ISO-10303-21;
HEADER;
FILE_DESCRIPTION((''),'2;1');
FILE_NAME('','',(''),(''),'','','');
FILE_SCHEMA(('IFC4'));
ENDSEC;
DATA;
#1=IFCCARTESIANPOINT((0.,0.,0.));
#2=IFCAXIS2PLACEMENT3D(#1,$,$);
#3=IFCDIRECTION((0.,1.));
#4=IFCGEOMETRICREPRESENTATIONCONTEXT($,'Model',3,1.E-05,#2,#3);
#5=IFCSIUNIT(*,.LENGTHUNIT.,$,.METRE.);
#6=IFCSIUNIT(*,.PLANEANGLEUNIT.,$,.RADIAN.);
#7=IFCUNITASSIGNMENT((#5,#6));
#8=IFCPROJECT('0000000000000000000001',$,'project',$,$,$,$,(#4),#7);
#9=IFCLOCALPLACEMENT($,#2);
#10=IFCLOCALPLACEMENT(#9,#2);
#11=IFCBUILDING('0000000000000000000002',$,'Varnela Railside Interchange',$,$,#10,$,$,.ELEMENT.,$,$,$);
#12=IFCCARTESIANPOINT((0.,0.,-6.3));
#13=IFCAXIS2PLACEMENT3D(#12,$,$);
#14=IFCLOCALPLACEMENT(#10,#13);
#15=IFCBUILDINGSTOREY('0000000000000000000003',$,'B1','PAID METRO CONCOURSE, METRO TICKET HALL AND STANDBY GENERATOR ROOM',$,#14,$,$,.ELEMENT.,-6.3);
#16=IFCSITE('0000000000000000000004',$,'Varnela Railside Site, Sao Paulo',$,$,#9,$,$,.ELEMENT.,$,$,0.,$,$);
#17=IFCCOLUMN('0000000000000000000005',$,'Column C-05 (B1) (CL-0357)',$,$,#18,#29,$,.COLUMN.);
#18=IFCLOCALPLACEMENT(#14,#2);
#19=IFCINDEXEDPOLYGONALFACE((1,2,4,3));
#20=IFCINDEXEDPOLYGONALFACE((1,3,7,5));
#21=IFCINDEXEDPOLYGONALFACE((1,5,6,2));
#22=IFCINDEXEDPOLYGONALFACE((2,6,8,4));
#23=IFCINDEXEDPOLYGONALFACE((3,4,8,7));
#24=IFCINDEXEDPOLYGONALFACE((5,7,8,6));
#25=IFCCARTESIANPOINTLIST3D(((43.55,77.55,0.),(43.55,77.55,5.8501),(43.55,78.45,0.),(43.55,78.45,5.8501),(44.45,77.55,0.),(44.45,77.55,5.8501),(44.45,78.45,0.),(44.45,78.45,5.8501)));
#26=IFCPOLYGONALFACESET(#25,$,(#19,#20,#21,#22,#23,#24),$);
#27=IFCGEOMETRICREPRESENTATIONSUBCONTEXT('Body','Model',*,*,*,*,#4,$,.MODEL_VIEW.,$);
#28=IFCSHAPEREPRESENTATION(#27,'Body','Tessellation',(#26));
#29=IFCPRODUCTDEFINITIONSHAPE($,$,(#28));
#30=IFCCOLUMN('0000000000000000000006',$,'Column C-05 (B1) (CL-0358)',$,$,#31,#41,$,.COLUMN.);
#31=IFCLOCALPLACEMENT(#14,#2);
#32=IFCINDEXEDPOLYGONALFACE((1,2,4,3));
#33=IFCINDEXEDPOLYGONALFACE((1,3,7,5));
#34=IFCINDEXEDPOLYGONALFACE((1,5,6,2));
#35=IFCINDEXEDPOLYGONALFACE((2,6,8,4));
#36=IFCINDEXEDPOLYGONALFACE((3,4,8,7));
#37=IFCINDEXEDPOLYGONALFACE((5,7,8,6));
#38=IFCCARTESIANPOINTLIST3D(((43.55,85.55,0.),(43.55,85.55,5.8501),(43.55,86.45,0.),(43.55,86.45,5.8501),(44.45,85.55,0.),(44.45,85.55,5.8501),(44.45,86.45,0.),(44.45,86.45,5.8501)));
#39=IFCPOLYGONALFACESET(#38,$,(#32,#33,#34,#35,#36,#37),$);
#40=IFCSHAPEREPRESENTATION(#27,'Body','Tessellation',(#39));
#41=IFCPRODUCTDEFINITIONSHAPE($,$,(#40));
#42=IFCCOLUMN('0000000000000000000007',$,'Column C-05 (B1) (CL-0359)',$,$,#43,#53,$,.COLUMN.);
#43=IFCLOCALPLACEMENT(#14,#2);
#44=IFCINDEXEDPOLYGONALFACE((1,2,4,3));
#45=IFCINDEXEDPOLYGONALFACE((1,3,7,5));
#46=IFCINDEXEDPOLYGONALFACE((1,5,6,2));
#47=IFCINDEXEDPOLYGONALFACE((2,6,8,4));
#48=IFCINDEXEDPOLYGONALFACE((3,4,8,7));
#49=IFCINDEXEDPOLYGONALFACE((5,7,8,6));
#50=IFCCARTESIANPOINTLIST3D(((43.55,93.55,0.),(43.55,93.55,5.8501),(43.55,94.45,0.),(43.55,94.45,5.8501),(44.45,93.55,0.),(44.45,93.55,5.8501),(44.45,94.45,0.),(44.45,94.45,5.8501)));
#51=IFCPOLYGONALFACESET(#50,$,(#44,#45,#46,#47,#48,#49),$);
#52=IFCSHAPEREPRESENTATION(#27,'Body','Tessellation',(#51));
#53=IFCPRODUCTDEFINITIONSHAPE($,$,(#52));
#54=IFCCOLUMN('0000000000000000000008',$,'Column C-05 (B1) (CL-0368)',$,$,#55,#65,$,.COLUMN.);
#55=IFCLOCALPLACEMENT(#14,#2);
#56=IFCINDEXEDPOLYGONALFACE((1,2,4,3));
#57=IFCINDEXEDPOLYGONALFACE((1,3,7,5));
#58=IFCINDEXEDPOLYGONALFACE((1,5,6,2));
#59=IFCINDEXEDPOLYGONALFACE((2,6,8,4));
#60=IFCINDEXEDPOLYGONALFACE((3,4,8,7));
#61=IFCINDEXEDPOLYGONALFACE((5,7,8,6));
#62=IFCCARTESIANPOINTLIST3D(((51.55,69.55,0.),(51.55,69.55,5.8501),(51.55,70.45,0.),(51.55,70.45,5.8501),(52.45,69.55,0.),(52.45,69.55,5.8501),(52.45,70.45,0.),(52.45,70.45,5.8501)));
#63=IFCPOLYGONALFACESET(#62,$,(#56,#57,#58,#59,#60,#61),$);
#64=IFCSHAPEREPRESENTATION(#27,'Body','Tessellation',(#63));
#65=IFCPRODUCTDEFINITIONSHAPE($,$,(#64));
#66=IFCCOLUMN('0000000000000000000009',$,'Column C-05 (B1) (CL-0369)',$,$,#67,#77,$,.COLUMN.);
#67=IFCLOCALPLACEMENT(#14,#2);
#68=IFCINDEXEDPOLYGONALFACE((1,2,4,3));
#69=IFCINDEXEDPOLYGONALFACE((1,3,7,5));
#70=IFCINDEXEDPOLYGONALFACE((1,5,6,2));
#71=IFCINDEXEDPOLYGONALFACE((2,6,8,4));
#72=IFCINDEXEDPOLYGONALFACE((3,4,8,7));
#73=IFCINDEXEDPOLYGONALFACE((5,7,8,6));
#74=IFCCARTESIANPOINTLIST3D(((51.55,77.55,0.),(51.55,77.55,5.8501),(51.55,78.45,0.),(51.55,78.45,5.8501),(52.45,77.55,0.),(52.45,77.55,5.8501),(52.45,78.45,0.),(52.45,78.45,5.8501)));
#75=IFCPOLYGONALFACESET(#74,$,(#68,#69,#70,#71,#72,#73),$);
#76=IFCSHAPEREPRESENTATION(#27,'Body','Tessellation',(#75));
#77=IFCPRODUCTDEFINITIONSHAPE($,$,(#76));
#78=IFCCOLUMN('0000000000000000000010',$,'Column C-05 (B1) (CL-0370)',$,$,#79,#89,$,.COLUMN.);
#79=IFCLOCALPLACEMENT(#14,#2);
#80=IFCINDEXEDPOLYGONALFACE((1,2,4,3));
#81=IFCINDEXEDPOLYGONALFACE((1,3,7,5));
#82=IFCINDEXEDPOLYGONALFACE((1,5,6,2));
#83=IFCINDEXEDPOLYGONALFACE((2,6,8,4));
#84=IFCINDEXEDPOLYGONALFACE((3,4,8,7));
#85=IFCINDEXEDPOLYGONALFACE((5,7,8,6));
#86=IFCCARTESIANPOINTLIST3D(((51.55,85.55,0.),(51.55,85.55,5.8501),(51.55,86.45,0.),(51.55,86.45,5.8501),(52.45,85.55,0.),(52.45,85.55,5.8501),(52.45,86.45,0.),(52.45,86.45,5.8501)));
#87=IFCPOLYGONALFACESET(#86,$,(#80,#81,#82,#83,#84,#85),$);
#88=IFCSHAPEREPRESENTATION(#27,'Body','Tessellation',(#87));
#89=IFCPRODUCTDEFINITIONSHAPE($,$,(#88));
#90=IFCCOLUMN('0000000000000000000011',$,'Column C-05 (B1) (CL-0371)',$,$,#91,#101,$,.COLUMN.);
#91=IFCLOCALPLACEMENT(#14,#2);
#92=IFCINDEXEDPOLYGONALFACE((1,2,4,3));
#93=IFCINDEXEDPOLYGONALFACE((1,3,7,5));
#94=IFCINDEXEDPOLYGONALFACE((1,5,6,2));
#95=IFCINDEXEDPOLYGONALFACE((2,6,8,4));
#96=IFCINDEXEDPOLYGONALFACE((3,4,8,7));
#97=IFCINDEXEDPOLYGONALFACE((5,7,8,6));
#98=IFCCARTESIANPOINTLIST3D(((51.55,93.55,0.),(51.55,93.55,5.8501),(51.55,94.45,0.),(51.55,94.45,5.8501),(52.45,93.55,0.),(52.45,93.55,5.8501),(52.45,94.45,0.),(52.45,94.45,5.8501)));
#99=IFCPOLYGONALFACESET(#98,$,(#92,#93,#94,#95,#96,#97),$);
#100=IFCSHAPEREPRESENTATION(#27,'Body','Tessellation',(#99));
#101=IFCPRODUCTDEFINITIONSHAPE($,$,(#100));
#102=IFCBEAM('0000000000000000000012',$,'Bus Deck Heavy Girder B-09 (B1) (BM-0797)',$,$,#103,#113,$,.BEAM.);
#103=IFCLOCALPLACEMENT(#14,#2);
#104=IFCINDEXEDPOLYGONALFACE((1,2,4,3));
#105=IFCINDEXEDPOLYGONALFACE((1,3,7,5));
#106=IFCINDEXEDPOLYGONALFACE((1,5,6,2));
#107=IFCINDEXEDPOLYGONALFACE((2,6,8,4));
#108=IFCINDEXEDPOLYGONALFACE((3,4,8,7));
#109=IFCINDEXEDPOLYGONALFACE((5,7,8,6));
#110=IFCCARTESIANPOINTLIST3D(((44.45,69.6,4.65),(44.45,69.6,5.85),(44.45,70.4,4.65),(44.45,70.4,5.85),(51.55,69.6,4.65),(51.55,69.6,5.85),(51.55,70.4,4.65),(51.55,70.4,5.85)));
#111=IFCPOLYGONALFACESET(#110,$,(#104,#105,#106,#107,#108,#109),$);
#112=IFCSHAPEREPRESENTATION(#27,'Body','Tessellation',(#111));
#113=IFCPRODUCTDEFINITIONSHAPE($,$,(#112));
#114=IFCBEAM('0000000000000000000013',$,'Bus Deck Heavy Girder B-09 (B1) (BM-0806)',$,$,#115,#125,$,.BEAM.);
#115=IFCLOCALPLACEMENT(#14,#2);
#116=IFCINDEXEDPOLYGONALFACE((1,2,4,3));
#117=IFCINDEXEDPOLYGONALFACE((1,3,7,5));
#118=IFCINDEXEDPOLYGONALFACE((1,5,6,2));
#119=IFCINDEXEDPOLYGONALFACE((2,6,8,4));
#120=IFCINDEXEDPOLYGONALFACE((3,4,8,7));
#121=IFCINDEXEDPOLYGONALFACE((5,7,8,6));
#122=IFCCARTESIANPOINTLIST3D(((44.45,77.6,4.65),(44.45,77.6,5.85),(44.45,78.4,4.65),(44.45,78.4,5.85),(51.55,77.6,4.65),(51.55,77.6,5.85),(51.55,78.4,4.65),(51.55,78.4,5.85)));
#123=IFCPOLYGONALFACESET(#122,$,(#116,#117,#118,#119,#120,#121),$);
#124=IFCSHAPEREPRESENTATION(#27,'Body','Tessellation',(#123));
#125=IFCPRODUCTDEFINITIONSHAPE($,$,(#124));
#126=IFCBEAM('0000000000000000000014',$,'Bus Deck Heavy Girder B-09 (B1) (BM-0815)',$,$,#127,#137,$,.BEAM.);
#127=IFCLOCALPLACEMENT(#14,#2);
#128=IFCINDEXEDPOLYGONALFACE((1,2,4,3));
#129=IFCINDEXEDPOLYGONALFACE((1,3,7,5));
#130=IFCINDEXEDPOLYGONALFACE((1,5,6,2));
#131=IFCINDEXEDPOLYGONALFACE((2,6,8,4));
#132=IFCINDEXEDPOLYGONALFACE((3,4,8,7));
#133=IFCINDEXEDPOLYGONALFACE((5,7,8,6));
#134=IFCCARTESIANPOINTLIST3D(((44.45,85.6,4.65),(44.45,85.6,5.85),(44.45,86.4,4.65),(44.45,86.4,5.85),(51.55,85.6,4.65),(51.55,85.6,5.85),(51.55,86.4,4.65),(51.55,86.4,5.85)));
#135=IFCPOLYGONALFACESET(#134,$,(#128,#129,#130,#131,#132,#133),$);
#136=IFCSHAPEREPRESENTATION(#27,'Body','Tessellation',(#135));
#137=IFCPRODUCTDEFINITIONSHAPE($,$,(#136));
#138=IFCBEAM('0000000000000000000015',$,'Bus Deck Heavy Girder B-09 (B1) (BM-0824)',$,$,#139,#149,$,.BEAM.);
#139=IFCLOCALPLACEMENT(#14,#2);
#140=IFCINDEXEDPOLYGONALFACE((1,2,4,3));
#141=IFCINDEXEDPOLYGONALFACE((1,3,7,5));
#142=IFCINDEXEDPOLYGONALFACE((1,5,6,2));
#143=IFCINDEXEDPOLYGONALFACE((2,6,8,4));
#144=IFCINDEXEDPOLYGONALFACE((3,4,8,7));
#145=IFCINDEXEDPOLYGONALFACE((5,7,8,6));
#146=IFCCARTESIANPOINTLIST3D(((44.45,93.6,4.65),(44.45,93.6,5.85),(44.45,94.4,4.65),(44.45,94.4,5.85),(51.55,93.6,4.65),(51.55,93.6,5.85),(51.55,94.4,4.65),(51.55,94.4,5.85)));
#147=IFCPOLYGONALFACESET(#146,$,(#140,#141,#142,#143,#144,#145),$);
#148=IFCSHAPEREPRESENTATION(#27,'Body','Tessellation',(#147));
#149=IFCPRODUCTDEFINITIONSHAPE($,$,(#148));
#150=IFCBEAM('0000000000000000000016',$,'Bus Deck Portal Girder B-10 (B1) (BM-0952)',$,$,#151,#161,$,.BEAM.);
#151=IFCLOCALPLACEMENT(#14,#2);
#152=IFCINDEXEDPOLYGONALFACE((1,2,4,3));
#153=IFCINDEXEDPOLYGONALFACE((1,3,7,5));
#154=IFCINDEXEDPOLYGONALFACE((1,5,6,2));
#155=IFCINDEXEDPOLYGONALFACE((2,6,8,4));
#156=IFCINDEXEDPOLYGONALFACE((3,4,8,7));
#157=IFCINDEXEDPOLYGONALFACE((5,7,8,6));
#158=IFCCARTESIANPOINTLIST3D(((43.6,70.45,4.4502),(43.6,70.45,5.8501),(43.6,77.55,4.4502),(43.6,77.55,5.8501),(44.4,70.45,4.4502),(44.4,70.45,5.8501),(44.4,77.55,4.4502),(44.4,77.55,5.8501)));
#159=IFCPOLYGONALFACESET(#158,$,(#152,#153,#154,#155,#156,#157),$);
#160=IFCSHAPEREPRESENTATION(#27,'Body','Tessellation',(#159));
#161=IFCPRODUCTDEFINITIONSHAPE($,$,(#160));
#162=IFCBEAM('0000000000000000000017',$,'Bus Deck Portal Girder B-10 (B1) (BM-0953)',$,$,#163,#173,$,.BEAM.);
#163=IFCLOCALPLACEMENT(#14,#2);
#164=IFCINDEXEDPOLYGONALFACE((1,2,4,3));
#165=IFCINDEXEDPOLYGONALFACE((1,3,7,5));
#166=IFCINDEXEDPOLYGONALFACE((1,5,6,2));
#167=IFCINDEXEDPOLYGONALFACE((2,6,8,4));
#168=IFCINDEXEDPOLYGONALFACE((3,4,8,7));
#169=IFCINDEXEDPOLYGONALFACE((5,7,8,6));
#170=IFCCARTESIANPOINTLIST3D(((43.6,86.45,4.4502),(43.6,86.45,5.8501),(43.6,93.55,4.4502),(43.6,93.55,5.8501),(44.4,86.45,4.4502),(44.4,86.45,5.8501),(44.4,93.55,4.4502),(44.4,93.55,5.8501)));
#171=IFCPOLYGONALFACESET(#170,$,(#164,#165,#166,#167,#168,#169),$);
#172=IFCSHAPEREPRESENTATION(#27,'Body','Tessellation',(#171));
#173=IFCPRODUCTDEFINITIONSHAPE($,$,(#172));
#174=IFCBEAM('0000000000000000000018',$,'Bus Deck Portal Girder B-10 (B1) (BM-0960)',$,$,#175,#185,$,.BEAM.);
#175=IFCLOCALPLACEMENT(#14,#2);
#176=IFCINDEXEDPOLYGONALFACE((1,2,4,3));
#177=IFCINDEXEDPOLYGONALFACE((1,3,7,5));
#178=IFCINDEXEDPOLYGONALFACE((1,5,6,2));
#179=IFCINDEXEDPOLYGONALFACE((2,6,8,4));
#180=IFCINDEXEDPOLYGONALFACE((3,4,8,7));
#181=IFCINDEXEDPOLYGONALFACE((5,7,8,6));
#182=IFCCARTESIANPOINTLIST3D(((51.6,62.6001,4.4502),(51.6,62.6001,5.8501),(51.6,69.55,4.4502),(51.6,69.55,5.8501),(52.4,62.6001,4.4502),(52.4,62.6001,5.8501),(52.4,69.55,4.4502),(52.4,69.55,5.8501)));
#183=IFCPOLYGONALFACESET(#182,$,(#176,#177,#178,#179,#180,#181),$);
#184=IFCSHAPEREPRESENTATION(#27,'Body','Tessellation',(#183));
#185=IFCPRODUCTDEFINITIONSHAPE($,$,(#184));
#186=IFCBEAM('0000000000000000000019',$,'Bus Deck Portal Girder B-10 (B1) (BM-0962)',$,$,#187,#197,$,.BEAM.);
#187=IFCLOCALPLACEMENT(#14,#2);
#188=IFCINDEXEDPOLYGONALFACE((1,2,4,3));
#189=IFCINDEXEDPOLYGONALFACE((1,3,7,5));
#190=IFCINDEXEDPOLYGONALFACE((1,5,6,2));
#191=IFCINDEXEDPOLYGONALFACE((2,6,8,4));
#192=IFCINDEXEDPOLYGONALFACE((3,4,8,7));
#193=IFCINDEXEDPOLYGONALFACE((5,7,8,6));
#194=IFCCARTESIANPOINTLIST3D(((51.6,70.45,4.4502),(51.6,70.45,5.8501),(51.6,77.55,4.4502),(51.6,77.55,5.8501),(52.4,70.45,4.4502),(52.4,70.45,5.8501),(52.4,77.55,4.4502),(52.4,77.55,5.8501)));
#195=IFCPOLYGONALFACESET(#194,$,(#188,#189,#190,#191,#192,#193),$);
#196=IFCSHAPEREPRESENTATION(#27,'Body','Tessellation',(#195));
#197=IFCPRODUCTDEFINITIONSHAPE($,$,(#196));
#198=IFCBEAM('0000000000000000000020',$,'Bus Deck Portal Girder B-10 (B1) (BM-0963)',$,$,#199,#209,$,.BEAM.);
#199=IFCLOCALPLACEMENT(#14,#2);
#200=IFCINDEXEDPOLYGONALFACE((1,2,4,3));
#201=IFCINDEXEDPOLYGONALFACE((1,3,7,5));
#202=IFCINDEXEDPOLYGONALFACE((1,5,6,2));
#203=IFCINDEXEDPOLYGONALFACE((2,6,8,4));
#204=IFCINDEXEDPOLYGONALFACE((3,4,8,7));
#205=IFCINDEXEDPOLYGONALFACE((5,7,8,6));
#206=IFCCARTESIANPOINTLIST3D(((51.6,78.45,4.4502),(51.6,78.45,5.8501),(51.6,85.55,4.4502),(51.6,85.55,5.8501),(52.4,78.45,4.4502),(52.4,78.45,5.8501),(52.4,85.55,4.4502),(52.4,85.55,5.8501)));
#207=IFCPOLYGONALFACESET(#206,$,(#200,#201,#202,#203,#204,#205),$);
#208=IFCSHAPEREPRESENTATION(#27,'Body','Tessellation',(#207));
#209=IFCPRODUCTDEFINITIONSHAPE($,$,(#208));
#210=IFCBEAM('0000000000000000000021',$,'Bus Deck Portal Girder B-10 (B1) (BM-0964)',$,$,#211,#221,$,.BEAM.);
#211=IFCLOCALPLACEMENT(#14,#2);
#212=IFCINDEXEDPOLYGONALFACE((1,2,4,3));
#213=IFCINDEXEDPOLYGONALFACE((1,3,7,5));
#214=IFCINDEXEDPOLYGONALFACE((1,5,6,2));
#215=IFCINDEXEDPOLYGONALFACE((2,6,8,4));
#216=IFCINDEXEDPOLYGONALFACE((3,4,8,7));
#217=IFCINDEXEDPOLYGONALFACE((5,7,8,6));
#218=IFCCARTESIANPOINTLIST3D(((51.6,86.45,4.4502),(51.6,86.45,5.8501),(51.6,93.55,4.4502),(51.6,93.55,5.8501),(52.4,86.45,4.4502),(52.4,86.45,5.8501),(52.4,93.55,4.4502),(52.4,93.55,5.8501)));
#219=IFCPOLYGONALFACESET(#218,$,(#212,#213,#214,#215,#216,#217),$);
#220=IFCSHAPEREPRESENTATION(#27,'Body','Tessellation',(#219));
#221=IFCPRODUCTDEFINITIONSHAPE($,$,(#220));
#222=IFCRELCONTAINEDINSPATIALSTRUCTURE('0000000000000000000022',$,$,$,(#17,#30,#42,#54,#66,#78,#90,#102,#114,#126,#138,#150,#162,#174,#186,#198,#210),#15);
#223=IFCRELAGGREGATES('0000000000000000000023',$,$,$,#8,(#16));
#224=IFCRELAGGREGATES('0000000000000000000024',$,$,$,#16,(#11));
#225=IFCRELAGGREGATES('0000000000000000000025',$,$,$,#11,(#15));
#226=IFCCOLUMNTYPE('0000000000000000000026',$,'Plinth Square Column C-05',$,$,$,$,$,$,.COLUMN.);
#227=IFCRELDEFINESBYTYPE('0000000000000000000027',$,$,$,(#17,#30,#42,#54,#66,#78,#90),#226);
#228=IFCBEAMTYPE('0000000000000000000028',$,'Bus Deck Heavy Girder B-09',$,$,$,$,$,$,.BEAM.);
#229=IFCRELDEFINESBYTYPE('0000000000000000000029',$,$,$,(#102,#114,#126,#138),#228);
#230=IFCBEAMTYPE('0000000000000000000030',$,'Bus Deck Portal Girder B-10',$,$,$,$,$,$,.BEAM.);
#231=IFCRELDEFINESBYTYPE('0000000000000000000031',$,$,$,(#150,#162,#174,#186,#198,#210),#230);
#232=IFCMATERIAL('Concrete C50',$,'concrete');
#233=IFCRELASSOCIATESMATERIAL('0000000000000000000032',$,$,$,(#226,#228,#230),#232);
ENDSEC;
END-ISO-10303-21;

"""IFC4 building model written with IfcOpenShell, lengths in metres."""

from ifc_helpers import new_model, si_unit, direction, frame, origin, origin_2d, place, context, subcontext, project, spatial, rectangle, extrude, material, material_profile, profile_set, type_object, element, save


model = new_model("IFC4")

# Units and contexts
model_context = context("Model", 3, precision=1e-05, world=origin(), true_north=direction((0.0, 1.0)))
body_context = subcontext(model_context, "Body", "Model", "MODEL_VIEW")
ifc_project = project(units=[si_unit("LENGTHUNIT", "METRE"), si_unit("PLANEANGLEUNIT", "RADIAN")], contexts=[model_context])

# Site, building, storey
site_placement = place(None, origin())
site = spatial("IfcSite", under=ifc_project, at=site_placement, Name="Varnela Railside Site, Sao Paulo", CompositionType="ELEMENT", RefElevation=0.0)
building_placement = place(site_placement, origin())
building = spatial("IfcBuilding", under=site, at=building_placement, Name="Varnela Railside Interchange", CompositionType="ELEMENT")
storey_placement = place(building_placement, frame((0.0, 0.0, -6.3)))
storey = spatial("IfcBuildingStorey", under=building, at=storey_placement, Name="B1", Description="PAID METRO CONCOURSE, METRO TICKET HALL AND STANDBY GENERATOR ROOM", CompositionType="ELEMENT", Elevation=-6.3)

# Columns
ifc_material_1 = material(Name="Concrete C50", Category="concrete")
ifc_material_profile_1 = material_profile(ifc_material_1, rectangle(XDim=0.8999, YDim=0.8999, at=origin_2d()), Name="RC 900x900")
ifc_profile_set_1 = profile_set([ifc_material_profile_1], Name="Concrete C50")
column_type = type_object("IfcColumnType", Name="Plinth Square Column C-05", PredefinedType="COLUMN", material=ifc_profile_set_1)
for number, where, z_axis, x_axis, name in (
    (1, (44.0, 78.0, 0.0), (0.0, 0.0, 1.0), (1.0, 0.0, 0.0), "Column C-05 (B1) (CL-0357)"),
    (2, (44.0, 86.0, 0.0), (0.0, 0.0, 1.0), (1.0, 0.0, 0.0), "Column C-05 (B1) (CL-0358)"),
    (3, (44.0, 94.0, 0.0), (0.0, 0.0, 1.0), (1.0, 0.0, 0.0), "Column C-05 (B1) (CL-0359)"),
    (4, (52.0, 70.0, 0.0), (0.0, 0.0, 1.0), (1.0, 0.0, 0.0), "Column C-05 (B1) (CL-0368)"),
    (5, (52.0, 78.0, 0.0), (0.0, 0.0, 1.0), (1.0, 0.0, 0.0), "Column C-05 (B1) (CL-0369)"),
    (6, (52.0, 86.0, 0.0), (0.0, 0.0, 1.0), (1.0, 0.0, 0.0), "Column C-05 (B1) (CL-0370)"),
    (7, (52.0, 94.0, 0.0), (0.0, 0.0, 1.0), (1.0, 0.0, 0.0), "Column C-05 (B1) (CL-0371)"),
):
    element("IfcColumn", number, at=place(storey_placement, frame(where, z_axis=z_axis, x_axis=x_axis)), inside=storey, type_object=column_type, Name=name, PredefinedType="COLUMN", context=body_context, shape_type="SweptSolid", body=[
        extrude(rectangle(XDim=0.8999, YDim=0.8999, at=origin_2d()), origin(), (0.0, 0.0, 1.0), 5.8501),
    ])

# Beams
ifc_material_profile_2 = material_profile(ifc_material_1, rectangle(XDim=0.8, YDim=1.2, at=origin_2d()), Name="RC 800x1200")
ifc_profile_set_2 = profile_set([ifc_material_profile_2], Name="Concrete C50")
beam_type_1 = type_object("IfcBeamType", Name="Bus Deck Heavy Girder B-09", PredefinedType="BEAM", material=ifc_profile_set_2)
for number, where, z_axis, x_axis, name in (
    (8, (44.45, 70.0, 5.25), (1.0, 0.0, 0.0), (0.0, 1.0, 0.0), "Bus Deck Heavy Girder B-09 (B1) (BM-0797)"),
    (9, (44.45, 78.0, 5.25), (1.0, 0.0, 0.0), (0.0, 1.0, 0.0), "Bus Deck Heavy Girder B-09 (B1) (BM-0806)"),
    (10, (44.45, 86.0, 5.25), (1.0, 0.0, 0.0), (0.0, 1.0, 0.0), "Bus Deck Heavy Girder B-09 (B1) (BM-0815)"),
    (11, (44.45, 94.0, 5.25), (1.0, 0.0, 0.0), (0.0, 1.0, 0.0), "Bus Deck Heavy Girder B-09 (B1) (BM-0824)"),
):
    element("IfcBeam", number, at=place(storey_placement, frame(where, z_axis=z_axis, x_axis=x_axis)), inside=storey, type_object=beam_type_1, Name=name, PredefinedType="BEAM", context=body_context, shape_type="SweptSolid", body=[
        extrude(rectangle(XDim=0.8, YDim=1.2, at=origin_2d()), origin(), (0.0, 0.0, 1.0), 7.1001),
    ])
ifc_material_profile_3 = material_profile(ifc_material_1, rectangle(XDim=0.8, YDim=1.3999, at=origin_2d()), Name="RC 800x1400")
ifc_profile_set_3 = profile_set([ifc_material_profile_3], Name="Concrete C50")
beam_type_2 = type_object("IfcBeamType", Name="Bus Deck Portal Girder B-10", PredefinedType="BEAM", material=ifc_profile_set_3)
for number, where, z_axis, x_axis, name in (
    (12, (44.0, 70.45, 5.1501), (0.0, 1.0, 0.0), (-1.0, 0.0, 0.0), "Bus Deck Portal Girder B-10 (B1) (BM-0952)"),
    (13, (44.0, 86.45, 5.1501), (0.0, 1.0, 0.0), (-1.0, 0.0, 0.0), "Bus Deck Portal Girder B-10 (B1) (BM-0953)"),
):
    element("IfcBeam", number, at=place(storey_placement, frame(where, z_axis=z_axis, x_axis=x_axis)), inside=storey, type_object=beam_type_2, Name=name, PredefinedType="BEAM", context=body_context, shape_type="SweptSolid", body=[
        extrude(rectangle(XDim=0.8, YDim=1.3999, at=origin_2d()), origin(), (0.0, 0.0, 1.0), 7.1001),
    ])
beam_1_placement = place(storey_placement, frame((52.0, 62.6001, 5.1501), z_axis=(0.0, 1.0, 0.0), x_axis=(-1.0, 0.0, 0.0)))
element("IfcBeam", 14, at=beam_1_placement, inside=storey, type_object=beam_type_2, Name="Bus Deck Portal Girder B-10 (B1) (BM-0960)", PredefinedType="BEAM", context=body_context, shape_type="SweptSolid", body=[
    extrude(rectangle(XDim=0.8, YDim=1.3999, at=origin_2d()), origin(), (0.0, 0.0, 1.0), 6.95),
])
for number, where, z_axis, x_axis, name in (
    (15, (52.0, 70.45, 5.1501), (0.0, 1.0, 0.0), (-1.0, 0.0, 0.0), "Bus Deck Portal Girder B-10 (B1) (BM-0962)"),
    (16, (52.0, 78.45, 5.1501), (0.0, 1.0, 0.0), (-1.0, 0.0, 0.0), "Bus Deck Portal Girder B-10 (B1) (BM-0963)"),
    (17, (52.0, 86.45, 5.1501), (0.0, 1.0, 0.0), (-1.0, 0.0, 0.0), "Bus Deck Portal Girder B-10 (B1) (BM-0964)"),
):
    element("IfcBeam", number, at=place(storey_placement, frame(where, z_axis=z_axis, x_axis=x_axis)), inside=storey, type_object=beam_type_2, Name=name, PredefinedType="BEAM", context=body_context, shape_type="SweptSolid", body=[
        extrude(rectangle(XDim=0.8, YDim=1.3999, at=origin_2d()), origin(), (0.0, 0.0, 1.0), 7.1001),
    ])

save(model, "model.ifc")
